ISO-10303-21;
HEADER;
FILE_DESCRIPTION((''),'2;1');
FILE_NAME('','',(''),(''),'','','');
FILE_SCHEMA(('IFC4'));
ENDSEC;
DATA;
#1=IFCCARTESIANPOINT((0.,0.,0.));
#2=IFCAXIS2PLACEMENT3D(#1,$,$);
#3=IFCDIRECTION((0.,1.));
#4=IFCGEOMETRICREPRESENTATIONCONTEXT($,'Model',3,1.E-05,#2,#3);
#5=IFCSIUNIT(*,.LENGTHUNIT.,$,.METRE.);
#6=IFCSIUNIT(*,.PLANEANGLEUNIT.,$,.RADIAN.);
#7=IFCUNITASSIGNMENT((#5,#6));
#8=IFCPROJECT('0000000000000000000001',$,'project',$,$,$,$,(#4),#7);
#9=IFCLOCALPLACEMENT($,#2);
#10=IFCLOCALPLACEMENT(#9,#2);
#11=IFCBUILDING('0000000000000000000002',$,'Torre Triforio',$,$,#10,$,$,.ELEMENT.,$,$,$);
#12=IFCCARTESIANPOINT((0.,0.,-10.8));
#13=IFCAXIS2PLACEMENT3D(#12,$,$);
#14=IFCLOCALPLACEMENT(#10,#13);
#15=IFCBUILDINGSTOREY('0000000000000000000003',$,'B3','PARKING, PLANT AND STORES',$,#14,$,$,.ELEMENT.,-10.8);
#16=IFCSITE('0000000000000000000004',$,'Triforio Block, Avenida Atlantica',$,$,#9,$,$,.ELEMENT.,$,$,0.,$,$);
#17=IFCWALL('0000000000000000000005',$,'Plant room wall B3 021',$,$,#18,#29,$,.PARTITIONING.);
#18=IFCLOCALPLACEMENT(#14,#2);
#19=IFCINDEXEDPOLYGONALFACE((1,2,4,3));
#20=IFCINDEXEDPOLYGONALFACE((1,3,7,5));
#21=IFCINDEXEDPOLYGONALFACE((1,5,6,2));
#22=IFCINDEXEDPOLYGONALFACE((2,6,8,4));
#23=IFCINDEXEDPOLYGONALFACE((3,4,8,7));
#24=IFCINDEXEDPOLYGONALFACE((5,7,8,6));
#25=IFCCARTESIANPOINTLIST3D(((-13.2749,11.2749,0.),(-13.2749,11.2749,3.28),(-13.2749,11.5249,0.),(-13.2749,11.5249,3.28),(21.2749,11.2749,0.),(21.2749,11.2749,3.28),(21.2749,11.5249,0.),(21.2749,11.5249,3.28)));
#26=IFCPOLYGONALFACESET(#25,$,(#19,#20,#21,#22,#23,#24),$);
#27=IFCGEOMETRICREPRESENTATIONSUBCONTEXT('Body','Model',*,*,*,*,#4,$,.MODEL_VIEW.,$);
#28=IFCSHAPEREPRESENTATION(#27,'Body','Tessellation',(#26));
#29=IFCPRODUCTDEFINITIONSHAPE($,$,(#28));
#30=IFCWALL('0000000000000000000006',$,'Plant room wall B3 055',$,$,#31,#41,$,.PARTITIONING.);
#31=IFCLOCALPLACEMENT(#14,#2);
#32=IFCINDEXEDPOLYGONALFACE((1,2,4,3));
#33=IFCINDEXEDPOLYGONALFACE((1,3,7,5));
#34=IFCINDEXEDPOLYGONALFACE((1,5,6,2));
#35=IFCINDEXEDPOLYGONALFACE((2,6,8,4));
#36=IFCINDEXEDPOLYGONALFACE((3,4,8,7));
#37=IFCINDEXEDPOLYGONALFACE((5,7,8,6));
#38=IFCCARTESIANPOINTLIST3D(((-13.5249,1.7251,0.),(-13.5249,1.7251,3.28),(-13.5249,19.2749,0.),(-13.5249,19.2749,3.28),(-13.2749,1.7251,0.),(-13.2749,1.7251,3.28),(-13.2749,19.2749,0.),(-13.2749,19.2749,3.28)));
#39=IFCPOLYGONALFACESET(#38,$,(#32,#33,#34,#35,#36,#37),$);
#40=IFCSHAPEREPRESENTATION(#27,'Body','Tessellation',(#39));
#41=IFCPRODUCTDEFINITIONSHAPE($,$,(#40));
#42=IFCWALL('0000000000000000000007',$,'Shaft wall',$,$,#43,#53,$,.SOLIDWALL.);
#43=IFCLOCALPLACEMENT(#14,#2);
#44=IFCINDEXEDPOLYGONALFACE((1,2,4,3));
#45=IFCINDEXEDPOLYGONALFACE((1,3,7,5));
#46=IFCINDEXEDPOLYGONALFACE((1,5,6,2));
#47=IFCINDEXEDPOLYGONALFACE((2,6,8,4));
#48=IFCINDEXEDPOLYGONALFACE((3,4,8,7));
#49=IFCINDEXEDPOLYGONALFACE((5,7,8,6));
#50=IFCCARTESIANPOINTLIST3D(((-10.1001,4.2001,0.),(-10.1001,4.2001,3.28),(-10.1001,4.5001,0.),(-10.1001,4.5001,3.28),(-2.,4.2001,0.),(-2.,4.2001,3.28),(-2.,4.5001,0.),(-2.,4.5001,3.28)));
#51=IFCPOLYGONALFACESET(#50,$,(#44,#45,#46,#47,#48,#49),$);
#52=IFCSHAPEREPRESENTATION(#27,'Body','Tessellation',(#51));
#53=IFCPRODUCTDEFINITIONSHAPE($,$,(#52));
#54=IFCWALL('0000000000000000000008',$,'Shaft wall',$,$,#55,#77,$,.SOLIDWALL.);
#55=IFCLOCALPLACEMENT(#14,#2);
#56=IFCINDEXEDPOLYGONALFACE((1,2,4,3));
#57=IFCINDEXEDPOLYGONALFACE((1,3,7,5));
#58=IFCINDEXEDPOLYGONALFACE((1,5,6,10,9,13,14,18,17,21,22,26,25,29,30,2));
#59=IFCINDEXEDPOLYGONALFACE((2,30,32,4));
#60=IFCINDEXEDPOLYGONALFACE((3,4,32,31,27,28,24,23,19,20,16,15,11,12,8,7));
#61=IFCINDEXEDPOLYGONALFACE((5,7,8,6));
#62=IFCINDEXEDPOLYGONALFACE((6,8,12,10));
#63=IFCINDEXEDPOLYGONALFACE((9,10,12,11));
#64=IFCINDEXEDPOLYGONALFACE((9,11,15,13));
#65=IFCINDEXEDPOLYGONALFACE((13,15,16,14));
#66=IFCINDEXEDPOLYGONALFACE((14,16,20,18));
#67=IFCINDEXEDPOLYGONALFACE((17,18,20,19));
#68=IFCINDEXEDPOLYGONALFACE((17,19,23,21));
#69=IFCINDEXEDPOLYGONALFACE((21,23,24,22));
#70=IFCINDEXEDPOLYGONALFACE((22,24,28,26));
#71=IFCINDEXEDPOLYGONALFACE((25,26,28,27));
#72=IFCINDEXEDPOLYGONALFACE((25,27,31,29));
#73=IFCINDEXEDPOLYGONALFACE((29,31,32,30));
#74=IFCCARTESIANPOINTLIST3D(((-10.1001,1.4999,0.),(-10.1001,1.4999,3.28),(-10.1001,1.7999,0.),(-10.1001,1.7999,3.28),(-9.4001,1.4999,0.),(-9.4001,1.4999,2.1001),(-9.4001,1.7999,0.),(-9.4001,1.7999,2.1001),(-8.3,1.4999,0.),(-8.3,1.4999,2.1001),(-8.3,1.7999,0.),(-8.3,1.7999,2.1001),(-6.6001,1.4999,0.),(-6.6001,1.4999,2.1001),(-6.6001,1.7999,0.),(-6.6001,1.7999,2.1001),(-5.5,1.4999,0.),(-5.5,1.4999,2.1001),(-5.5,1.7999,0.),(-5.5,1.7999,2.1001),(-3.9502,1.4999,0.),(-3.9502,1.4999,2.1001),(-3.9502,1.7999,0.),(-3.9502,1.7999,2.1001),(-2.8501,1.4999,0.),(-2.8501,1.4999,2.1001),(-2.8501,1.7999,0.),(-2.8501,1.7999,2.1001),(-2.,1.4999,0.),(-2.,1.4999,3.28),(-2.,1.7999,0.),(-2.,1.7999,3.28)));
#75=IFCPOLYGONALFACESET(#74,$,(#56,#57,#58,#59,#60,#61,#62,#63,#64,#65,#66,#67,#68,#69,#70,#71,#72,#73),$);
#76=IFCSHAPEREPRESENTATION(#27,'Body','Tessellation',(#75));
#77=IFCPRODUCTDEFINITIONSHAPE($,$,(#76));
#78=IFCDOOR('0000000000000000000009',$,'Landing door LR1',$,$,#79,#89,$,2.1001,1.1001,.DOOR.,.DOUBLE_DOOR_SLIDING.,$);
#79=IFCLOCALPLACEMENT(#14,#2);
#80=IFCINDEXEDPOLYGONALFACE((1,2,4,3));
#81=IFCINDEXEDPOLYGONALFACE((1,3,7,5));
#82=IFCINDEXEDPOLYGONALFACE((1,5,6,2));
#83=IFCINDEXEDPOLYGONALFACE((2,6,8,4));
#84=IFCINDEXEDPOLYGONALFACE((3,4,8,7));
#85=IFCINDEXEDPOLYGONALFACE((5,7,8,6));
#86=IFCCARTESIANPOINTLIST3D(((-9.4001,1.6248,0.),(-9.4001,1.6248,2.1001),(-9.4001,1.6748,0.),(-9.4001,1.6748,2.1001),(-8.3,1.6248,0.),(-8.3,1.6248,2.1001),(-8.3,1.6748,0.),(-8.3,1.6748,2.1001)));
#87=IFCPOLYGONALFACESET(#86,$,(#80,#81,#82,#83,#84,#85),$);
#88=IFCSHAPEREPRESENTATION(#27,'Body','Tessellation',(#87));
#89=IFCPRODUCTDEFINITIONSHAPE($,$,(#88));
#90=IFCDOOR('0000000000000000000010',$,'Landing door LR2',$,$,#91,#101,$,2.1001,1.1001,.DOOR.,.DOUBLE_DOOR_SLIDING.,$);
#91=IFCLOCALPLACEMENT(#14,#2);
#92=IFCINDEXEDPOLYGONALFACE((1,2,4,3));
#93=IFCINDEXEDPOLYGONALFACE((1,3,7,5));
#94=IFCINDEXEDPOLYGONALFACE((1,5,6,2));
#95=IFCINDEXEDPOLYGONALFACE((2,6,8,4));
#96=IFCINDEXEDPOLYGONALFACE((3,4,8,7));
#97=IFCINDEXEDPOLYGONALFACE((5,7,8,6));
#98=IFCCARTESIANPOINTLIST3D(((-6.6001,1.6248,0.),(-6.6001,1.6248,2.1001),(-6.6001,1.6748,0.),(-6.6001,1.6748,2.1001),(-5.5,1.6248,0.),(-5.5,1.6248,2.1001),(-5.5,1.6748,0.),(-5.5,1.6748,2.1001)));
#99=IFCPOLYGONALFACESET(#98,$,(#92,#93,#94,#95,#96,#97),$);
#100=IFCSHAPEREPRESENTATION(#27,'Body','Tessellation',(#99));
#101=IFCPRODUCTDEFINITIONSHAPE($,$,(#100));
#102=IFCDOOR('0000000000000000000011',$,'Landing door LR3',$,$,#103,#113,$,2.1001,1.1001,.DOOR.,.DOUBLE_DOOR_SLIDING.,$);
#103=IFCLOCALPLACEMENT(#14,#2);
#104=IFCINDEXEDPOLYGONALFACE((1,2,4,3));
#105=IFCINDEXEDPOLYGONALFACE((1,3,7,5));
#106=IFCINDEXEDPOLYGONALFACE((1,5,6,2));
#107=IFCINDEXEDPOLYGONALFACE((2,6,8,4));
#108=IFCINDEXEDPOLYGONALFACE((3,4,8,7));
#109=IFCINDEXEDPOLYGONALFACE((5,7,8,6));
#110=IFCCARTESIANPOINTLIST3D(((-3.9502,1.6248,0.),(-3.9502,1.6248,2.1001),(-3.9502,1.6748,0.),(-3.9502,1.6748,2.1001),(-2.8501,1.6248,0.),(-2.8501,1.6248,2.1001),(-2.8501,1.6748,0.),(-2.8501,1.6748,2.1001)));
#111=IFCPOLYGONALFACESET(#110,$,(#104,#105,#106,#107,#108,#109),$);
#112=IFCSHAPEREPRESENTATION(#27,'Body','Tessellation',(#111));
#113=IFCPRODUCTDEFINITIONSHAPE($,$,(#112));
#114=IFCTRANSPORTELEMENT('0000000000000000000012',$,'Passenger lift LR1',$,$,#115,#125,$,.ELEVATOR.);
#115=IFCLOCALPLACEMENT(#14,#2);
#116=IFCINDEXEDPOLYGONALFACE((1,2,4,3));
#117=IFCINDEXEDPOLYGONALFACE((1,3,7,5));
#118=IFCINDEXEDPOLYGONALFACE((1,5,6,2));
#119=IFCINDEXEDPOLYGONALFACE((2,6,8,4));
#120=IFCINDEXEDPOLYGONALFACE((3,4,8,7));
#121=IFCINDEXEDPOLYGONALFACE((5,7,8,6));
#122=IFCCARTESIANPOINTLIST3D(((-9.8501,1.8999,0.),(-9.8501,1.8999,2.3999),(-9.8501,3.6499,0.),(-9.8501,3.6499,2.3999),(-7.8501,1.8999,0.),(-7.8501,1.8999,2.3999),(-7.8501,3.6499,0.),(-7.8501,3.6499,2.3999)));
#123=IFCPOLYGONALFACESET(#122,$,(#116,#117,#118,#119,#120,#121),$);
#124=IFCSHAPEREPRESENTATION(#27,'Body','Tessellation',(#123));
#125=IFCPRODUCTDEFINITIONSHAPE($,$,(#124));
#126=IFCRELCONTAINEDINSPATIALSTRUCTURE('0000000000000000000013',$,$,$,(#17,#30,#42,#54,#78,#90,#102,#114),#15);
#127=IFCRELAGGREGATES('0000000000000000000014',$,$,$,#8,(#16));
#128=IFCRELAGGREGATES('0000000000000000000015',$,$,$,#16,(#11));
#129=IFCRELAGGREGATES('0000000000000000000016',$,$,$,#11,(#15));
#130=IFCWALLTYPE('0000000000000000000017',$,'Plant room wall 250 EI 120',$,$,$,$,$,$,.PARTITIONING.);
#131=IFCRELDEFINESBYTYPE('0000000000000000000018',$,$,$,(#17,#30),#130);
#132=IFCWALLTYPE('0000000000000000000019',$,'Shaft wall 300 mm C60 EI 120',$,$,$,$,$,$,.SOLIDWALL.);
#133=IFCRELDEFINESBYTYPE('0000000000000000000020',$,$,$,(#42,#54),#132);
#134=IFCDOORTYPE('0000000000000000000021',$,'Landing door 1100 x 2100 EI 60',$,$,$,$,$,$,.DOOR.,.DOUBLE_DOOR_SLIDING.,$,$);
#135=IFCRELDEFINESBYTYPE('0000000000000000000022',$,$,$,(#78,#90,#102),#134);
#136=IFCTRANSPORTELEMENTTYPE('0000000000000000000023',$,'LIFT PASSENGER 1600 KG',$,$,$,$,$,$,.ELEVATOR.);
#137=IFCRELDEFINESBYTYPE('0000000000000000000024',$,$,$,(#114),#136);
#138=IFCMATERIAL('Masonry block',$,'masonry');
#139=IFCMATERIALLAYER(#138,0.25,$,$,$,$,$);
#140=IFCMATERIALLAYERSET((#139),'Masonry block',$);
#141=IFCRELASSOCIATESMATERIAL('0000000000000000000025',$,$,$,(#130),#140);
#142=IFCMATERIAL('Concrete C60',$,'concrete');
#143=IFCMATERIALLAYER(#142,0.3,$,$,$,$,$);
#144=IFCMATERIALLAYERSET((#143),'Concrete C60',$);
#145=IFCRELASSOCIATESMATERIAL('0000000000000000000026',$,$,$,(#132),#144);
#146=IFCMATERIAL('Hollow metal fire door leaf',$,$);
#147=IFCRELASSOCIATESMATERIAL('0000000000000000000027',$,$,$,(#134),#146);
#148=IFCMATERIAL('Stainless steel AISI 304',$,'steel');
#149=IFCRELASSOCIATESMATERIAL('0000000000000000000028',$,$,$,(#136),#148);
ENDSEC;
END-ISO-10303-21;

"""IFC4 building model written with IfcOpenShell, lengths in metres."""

from ifc_helpers import new_model, si_unit, direction, frame, frame_2d, origin, origin_2d, place, context, subcontext, project, spatial, rectangle, extrude, material, layer, layer_set, type_object, element, fill, save


model = new_model("IFC4")

# Units and contexts
model_context = context("Model", 3, precision=1e-05, world=origin(), true_north=direction((0.0, 1.0)))
body_context = subcontext(model_context, "Body", "Model", "MODEL_VIEW")
ifc_project = project(units=[si_unit("LENGTHUNIT", "METRE"), si_unit("PLANEANGLEUNIT", "RADIAN")], contexts=[model_context])

# Site, building, storey
site_placement = place(None, origin())
site = spatial("IfcSite", under=ifc_project, at=site_placement, Name="Triforio Block, Avenida Atlantica", CompositionType="ELEMENT", RefElevation=0.0)
building_placement = place(site_placement, origin())
building = spatial("IfcBuilding", under=site, at=building_placement, Name="Torre Triforio", CompositionType="ELEMENT")
storey_placement = place(building_placement, frame((0.0, 0.0, -10.8)))
storey = spatial("IfcBuildingStorey", under=building, at=storey_placement, Name="B3", Description="PARKING, PLANT AND STORES", CompositionType="ELEMENT", Elevation=-10.8)

# Shared definitions
ifc_material_1 = material(Name="Concrete C60", Category="concrete")
ifc_material_2 = material(Name="Hollow metal fire door leaf")

# Walls
ifc_material_3 = material(Name="Masonry block", Category="masonry")
ifc_layer_1 = layer(ifc_material_3, 0.25)
ifc_layer_set_1 = layer_set([ifc_layer_1], Name="Masonry block")
wall_type_1 = type_object("IfcWallType", Name="Plant room wall 250 EI 120", PredefinedType="PARTITIONING", material=ifc_layer_set_1)
wall_1_placement = place(storey_placement, frame((-13.2749, 11.3999, 0.0), z_axis=(0.0, 0.0, 1.0), x_axis=(1.0, 0.0, 0.0)))
element("IfcWall", 1, at=wall_1_placement, inside=storey, type_object=wall_type_1, Name="Plant room wall B3 021", PredefinedType="PARTITIONING", context=body_context, shape_type="SweptSolid", body=[
    extrude(rectangle(XDim=34.5498, YDim=0.25, at=frame_2d((17.2749, 0.0))), origin(), (0.0, 0.0, 1.0), 3.28),
])
wall_2_placement = place(storey_placement, frame((-13.3999, 1.7251, 0.0), z_axis=(0.0, 0.0, 1.0), x_axis=(0.0, 1.0, 0.0)))
element("IfcWall", 2, at=wall_2_placement, inside=storey, type_object=wall_type_1, Name="Plant room wall B3 055", PredefinedType="PARTITIONING", context=body_context, shape_type="SweptSolid", body=[
    extrude(rectangle(XDim=17.5498, YDim=0.25, at=frame_2d((8.7749, 0.0))), origin(), (0.0, 0.0, 1.0), 3.28),
])
ifc_layer_2 = layer(ifc_material_1, 0.3)
ifc_layer_set_2 = layer_set([ifc_layer_2], Name="Concrete C60")
wall_type_2 = type_object("IfcWallType", Name="Shaft wall 300 mm C60 EI 120", PredefinedType="SOLIDWALL", material=ifc_layer_set_2)
wall_3_placement = place(storey_placement, frame((-10.1001, 4.3501, 0.0), z_axis=(0.0, 0.0, 1.0), x_axis=(1.0, 0.0, 0.0)))
element("IfcWall", 3, at=wall_3_placement, inside=storey, type_object=wall_type_2, Name="Shaft wall", PredefinedType="SOLIDWALL", context=body_context, shape_type="SweptSolid", body=[
    extrude(rectangle(XDim=8.1001, YDim=0.3, at=frame_2d((4.05, 0.0))), origin(), (0.0, 0.0, 1.0), 3.28),
])

# Wall, openings, doors
wall_4_placement = place(storey_placement, frame((-10.1001, 1.6499, 0.0), z_axis=(0.0, 0.0, 1.0), x_axis=(1.0, 0.0, 0.0)))
wall_4 = element("IfcWall", 4, at=wall_4_placement, inside=storey, type_object=wall_type_2, Name="Shaft wall", PredefinedType="SOLIDWALL", context=body_context, shape_type="SweptSolid", body=[
    extrude(rectangle(XDim=8.1001, YDim=0.3, at=frame_2d((4.05, 0.0))), origin(), (0.0, 0.0, 1.0), 3.28),
])
opening_1_placement = place(wall_4_placement, frame((0.7, 0.0, 0.0)))
opening_1 = element("IfcOpeningElement", 5, at=opening_1_placement, cuts=wall_4, PredefinedType="OPENING", context=body_context, shape_type="SweptSolid", body=[
    extrude(rectangle(XDim=1.1001, YDim=2.1001, at=frame_2d((0.55, 1.05))), frame((0.0, 0.1599, 0.0), z_axis=(0.0, -1.0, 0.0), x_axis=(1.0, 0.0, 0.0)), (0.0, 0.0, 1.0), 0.3201),
])
opening_2_placement = place(wall_4_placement, frame((3.5, 0.0, 0.0)))
opening_2 = element("IfcOpeningElement", 6, at=opening_2_placement, cuts=wall_4, PredefinedType="OPENING", context=body_context, shape_type="SweptSolid", body=[
    extrude(rectangle(XDim=1.1001, YDim=2.1001, at=frame_2d((0.55, 1.05))), frame((0.0, 0.1599, 0.0), z_axis=(0.0, -1.0, 0.0), x_axis=(1.0, 0.0, 0.0)), (0.0, 0.0, 1.0), 0.3201),
])
opening_3_placement = place(wall_4_placement, frame((6.1499, 0.0, 0.0)))
opening_3 = element("IfcOpeningElement", 7, at=opening_3_placement, cuts=wall_4, PredefinedType="OPENING", context=body_context, shape_type="SweptSolid", body=[
    extrude(rectangle(XDim=1.1001, YDim=2.1001, at=frame_2d((0.55, 1.05))), frame((0.0, 0.1599, 0.0), z_axis=(0.0, -1.0, 0.0), x_axis=(1.0, 0.0, 0.0)), (0.0, 0.0, 1.0), 0.3201),
])
door_type_1 = type_object("IfcDoorType", Name="Landing door 1100 x 2100 EI 60", OperationType="DOUBLE_DOOR_SLIDING", PredefinedType="DOOR", material=ifc_material_2)
door_1_placement = place(opening_1_placement, origin())
door_1 = element("IfcDoor", 8, at=door_1_placement, inside=storey, type_object=door_type_1, Name="Landing door LR1", OperationType="DOUBLE_DOOR_SLIDING", OverallHeight=2.1001, OverallWidth=1.1001, PredefinedType="DOOR", context=body_context, shape_type="SweptSolid", body=[
    extrude(rectangle(XDim=1.1001, YDim=2.1001, at=frame_2d((0.55, 1.05))), frame((0.0, 0.0249, 0.0), z_axis=(0.0, -1.0, 0.0), x_axis=(1.0, 0.0, 0.0)), (0.0, 0.0, 1.0), 0.05),
])
fill(opening_1, door_1)
door_2_placement = place(opening_2_placement, origin())
door_2 = element("IfcDoor", 9, at=door_2_placement, inside=storey, type_object=door_type_1, Name="Landing door LR2", OperationType="DOUBLE_DOOR_SLIDING", OverallHeight=2.1001, OverallWidth=1.1001, PredefinedType="DOOR", context=body_context, shape_type="SweptSolid", body=[
    extrude(rectangle(XDim=1.1001, YDim=2.1001, at=frame_2d((0.55, 1.05))), frame((0.0, 0.0249, 0.0), z_axis=(0.0, -1.0, 0.0), x_axis=(1.0, 0.0, 0.0)), (0.0, 0.0, 1.0), 0.05),
])
fill(opening_2, door_2)
door_3_placement = place(opening_3_placement, origin())
door_3 = element("IfcDoor", 10, at=door_3_placement, inside=storey, type_object=door_type_1, Name="Landing door LR3", OperationType="DOUBLE_DOOR_SLIDING", OverallHeight=2.1001, OverallWidth=1.1001, PredefinedType="DOOR", context=body_context, shape_type="SweptSolid", body=[
    extrude(rectangle(XDim=1.1001, YDim=2.1001, at=frame_2d((0.55, 1.05))), frame((0.0, 0.0249, 0.0), z_axis=(0.0, -1.0, 0.0), x_axis=(1.0, 0.0, 0.0)), (0.0, 0.0, 1.0), 0.05),
])
fill(opening_3, door_3)

# Transport element
ifc_material_4 = material(Name="Stainless steel AISI 304", Category="steel")
transport_element_type = type_object("IfcTransportElementType", Name="LIFT PASSENGER 1600 KG", PredefinedType="ELEVATOR", material=ifc_material_4)
transport_element_placement = place(storey_placement, frame((-8.8501, 2.7749, 0.0), z_axis=(0.0, 0.0, 1.0), x_axis=(1.0, 0.0, 0.0)))
element("IfcTransportElement", 11, at=transport_element_placement, inside=storey, type_object=transport_element_type, Name="Passenger lift LR1", PredefinedType="ELEVATOR", context=body_context, shape_type="SweptSolid", body=[
    extrude(rectangle(XDim=2.0, YDim=1.75, at=origin_2d()), origin(), (0.0, 0.0, 1.0), 2.3999),
])

save(model, "model.ifc")
